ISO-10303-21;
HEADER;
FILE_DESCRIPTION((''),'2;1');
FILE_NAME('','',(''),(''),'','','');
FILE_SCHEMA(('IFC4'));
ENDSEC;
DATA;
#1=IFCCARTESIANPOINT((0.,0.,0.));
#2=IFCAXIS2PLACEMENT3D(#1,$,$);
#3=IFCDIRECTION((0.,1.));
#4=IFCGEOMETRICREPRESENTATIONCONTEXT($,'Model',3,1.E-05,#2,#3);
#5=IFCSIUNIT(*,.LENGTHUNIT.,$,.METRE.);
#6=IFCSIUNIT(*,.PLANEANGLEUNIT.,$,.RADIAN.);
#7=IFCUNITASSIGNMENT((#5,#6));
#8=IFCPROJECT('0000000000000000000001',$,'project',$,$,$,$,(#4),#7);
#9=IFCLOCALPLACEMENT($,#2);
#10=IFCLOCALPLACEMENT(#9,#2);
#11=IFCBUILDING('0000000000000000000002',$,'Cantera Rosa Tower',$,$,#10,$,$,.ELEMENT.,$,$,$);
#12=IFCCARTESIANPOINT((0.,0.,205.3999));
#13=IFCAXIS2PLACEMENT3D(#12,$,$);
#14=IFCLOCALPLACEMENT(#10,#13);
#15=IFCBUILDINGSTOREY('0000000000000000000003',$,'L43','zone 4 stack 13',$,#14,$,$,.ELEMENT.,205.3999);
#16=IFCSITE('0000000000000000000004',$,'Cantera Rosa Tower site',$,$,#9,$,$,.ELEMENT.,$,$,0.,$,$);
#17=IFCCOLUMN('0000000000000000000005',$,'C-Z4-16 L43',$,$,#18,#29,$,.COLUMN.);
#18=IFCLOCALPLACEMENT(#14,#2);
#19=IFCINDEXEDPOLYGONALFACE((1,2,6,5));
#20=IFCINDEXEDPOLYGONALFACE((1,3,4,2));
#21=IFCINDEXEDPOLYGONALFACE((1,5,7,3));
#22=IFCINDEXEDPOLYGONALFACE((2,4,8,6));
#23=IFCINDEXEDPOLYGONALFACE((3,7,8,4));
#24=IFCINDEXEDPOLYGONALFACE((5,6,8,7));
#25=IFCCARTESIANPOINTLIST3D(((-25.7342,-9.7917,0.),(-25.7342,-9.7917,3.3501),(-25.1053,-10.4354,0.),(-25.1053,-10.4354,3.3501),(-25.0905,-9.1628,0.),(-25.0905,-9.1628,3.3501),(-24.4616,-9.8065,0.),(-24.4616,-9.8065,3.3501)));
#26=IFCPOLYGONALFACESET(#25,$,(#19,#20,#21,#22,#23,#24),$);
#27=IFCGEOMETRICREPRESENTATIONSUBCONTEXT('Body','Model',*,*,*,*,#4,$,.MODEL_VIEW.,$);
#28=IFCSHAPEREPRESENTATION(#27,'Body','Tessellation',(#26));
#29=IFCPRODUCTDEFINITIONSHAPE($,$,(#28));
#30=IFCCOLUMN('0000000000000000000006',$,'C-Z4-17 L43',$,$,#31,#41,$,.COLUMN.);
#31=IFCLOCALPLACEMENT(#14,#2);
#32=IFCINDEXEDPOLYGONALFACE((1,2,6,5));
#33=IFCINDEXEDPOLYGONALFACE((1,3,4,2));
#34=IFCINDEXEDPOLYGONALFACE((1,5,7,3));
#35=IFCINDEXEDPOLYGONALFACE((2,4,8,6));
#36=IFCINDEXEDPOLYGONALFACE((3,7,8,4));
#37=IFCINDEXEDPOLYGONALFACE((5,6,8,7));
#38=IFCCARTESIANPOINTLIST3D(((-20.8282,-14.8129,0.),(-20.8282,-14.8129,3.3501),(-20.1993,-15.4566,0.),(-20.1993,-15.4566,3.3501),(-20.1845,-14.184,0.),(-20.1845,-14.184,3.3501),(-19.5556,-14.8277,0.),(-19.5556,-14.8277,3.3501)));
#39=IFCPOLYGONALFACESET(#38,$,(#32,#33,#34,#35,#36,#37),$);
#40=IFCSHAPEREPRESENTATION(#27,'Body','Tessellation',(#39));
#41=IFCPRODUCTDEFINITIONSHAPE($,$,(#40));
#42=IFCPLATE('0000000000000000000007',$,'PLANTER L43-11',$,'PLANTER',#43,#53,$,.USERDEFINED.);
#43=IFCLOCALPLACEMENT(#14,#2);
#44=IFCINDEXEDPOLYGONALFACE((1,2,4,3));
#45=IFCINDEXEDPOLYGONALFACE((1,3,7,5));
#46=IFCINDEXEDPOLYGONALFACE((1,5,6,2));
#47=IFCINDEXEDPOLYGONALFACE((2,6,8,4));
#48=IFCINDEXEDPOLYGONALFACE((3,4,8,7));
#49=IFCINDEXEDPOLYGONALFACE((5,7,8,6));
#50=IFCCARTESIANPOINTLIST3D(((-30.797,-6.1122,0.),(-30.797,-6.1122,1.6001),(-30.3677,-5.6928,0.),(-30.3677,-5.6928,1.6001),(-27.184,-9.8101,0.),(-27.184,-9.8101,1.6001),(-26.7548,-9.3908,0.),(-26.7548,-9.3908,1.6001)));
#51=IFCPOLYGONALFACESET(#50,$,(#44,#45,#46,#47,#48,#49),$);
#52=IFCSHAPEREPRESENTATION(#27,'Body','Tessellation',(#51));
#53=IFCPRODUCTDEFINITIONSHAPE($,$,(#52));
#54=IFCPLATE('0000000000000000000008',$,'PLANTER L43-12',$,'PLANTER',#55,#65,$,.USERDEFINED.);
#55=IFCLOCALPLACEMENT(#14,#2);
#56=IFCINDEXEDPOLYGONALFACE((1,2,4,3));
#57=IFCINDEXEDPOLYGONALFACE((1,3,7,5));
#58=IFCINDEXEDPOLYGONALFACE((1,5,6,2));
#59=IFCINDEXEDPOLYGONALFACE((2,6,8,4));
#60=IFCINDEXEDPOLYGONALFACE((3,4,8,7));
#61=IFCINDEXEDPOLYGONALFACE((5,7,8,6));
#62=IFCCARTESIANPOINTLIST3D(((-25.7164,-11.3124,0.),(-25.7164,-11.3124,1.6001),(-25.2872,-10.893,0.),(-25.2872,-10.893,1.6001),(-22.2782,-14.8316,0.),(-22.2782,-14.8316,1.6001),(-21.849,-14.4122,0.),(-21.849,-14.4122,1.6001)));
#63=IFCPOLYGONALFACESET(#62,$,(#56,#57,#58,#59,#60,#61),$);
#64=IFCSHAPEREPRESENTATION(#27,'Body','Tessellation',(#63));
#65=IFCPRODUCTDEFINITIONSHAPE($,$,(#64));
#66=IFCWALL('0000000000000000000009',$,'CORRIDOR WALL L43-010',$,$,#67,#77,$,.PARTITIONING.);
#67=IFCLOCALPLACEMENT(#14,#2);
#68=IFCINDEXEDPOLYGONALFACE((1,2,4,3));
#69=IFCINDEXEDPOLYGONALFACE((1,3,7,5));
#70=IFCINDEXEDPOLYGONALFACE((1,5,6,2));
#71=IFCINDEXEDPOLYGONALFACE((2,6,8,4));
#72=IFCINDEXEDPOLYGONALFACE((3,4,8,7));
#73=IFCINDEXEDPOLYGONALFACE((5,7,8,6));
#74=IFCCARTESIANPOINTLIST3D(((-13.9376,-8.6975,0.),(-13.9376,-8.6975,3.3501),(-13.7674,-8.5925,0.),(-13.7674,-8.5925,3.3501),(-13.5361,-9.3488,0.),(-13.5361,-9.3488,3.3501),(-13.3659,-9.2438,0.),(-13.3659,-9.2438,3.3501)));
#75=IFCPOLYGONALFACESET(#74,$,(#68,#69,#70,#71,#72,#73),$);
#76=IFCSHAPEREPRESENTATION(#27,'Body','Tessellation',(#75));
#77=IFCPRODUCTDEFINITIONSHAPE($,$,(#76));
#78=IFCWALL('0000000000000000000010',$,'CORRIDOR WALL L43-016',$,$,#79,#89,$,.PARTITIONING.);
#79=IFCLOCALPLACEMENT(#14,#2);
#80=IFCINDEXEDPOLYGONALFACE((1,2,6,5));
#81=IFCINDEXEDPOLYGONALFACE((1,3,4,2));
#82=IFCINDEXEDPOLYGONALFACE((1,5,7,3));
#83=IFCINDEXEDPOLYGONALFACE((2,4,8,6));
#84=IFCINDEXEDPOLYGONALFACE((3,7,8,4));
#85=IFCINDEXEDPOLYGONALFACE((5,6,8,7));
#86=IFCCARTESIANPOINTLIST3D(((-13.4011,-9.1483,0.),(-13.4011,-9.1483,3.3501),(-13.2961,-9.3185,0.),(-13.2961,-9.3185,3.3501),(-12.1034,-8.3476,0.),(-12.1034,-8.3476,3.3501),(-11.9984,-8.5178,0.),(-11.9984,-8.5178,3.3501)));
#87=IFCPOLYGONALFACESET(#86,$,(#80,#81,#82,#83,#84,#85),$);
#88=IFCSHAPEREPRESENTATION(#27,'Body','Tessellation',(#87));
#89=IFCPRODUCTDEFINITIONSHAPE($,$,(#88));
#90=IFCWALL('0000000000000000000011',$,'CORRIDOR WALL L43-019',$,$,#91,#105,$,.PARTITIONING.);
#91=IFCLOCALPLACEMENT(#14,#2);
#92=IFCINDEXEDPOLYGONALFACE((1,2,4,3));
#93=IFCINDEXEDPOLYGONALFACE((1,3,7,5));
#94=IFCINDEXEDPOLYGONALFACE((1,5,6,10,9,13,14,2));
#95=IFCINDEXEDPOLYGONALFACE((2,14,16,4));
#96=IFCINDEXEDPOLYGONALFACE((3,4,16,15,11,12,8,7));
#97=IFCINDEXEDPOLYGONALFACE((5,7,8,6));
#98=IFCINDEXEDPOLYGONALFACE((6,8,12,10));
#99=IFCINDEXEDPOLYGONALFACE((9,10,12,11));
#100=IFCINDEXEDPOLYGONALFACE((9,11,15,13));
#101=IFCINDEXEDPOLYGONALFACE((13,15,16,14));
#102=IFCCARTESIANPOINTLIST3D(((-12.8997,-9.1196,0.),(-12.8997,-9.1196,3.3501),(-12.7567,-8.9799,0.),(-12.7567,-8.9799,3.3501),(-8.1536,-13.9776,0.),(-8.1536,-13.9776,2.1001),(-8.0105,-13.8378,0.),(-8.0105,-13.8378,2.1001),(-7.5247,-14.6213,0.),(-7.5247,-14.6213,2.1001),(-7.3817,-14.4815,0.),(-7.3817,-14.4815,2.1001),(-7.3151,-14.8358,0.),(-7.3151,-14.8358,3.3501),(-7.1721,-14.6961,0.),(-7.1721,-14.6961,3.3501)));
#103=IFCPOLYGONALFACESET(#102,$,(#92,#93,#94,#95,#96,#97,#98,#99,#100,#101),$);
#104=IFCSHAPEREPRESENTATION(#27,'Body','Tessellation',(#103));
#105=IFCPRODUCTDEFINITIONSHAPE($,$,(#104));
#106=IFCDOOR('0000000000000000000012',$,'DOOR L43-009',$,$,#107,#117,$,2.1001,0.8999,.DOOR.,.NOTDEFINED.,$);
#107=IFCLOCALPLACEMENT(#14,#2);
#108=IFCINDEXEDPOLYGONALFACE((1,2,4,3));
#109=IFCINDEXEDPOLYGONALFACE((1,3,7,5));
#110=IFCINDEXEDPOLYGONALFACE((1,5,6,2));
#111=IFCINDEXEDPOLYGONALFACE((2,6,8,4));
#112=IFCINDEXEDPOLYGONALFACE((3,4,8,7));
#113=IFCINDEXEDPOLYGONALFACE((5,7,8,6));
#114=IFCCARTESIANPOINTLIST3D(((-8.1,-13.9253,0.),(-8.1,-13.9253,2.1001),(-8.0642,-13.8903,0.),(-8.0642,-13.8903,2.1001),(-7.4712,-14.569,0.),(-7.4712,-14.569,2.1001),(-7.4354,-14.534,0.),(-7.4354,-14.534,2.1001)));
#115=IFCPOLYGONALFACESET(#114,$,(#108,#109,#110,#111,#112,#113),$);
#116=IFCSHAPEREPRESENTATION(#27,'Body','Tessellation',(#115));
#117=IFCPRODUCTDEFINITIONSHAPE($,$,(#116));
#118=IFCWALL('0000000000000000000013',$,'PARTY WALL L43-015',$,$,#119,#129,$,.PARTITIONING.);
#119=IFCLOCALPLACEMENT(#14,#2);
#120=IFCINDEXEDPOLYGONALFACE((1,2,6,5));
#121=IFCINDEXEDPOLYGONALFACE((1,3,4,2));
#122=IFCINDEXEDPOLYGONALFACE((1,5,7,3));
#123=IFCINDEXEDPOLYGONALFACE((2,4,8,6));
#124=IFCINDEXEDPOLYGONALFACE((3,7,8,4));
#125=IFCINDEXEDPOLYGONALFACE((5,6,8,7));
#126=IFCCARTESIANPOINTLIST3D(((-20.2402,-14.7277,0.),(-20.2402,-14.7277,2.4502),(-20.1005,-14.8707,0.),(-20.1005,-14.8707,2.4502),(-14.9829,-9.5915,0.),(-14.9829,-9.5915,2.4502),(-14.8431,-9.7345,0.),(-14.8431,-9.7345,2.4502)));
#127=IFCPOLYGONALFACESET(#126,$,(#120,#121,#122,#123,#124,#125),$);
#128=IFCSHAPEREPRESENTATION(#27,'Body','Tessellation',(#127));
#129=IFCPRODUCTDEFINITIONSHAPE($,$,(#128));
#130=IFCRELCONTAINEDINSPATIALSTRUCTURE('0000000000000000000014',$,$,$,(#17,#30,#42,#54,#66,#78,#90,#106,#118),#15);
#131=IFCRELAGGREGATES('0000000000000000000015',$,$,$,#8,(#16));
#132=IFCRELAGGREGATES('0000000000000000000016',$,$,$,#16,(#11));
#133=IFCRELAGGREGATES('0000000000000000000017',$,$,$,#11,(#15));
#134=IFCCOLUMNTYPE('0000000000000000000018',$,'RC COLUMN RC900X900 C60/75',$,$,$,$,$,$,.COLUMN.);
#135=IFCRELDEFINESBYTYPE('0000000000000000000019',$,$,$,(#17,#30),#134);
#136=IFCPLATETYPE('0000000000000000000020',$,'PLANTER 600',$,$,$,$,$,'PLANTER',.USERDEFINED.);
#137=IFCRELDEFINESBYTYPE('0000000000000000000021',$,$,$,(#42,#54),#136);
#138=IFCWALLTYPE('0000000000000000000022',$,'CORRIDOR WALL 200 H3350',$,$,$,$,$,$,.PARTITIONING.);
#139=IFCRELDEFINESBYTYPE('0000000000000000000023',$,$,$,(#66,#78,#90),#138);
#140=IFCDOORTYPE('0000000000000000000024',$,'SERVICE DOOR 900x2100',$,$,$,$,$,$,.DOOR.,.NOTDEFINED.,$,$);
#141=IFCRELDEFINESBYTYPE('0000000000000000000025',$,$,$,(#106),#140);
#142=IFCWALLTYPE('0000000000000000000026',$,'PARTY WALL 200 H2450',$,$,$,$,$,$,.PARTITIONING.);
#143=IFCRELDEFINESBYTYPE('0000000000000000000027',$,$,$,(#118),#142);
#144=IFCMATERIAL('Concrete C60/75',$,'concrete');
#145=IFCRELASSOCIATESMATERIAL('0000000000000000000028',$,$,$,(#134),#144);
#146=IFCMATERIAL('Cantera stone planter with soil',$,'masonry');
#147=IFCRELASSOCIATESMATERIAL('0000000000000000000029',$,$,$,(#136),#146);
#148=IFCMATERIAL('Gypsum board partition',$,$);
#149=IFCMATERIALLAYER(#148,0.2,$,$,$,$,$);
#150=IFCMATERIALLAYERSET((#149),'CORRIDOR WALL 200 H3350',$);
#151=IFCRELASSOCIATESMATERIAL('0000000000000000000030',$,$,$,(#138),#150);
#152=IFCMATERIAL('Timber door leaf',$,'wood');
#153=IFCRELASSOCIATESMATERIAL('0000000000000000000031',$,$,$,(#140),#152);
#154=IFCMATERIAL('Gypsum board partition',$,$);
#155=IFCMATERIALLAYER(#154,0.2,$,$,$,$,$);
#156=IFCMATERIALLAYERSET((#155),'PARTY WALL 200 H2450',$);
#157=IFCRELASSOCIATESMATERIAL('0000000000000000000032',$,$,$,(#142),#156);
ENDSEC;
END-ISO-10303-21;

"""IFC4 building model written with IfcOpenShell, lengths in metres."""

from ifc_helpers import new_model, si_unit, direction, frame, frame_2d, origin, origin_2d, place, context, subcontext, project, spatial, rectangle, extrude, material, layer, layer_set, material_profile, profile_set, type_object, element, fill, save


model = new_model("IFC4")

# Units and contexts
model_context = context("Model", 3, precision=1e-05, world=origin(), true_north=direction((0.0, 1.0)))
body_context = subcontext(model_context, "Body", "Model", "MODEL_VIEW")
ifc_project = project(units=[si_unit("LENGTHUNIT", "METRE"), si_unit("PLANEANGLEUNIT", "RADIAN")], contexts=[model_context])

# Site, building, storey
site_placement = place(None, origin())
site = spatial("IfcSite", under=ifc_project, at=site_placement, Name="Cantera Rosa Tower site", CompositionType="ELEMENT", RefElevation=0.0)
building_placement = place(site_placement, origin())
building = spatial("IfcBuilding", under=site, at=building_placement, Name="Cantera Rosa Tower", CompositionType="ELEMENT")
storey_placement = place(building_placement, frame((0.0, 0.0, 205.3999)))
storey = spatial("IfcBuildingStorey", under=building, at=storey_placement, Name="L43", Description="zone 4 stack 13", CompositionType="ELEMENT", Elevation=205.3999)

# Columns
ifc_material_1 = material(Name="Concrete C60/75", Category="concrete")
ifc_material_profile = material_profile(ifc_material_1, rectangle(XDim=0.8999, YDim=0.8999, at=origin_2d()), Name="RC COLUMN RC900X900 C60/75")
ifc_profile_set = profile_set([ifc_material_profile], Name="Concrete C60/75")
column_type = type_object("IfcColumnType", Name="RC COLUMN RC900X900 C60/75", PredefinedType="COLUMN", material=ifc_profile_set)
for number, where, z_axis, x_axis, name in (
    (1, (-25.0979, -9.7991, 0.0), (0.0, 0.0, 1.0), (0.715286, 0.698832, 0.0), "C-Z4-16 L43"),
    (2, (-20.1919, -14.8203, 0.0), (0.0, 0.0, 1.0), (0.715286, 0.698832, 0.0), "C-Z4-17 L43"),
):
    element("IfcColumn", number, at=place(storey_placement, frame(where, z_axis=z_axis, x_axis=x_axis)), inside=storey, type_object=column_type, Name=name, PredefinedType="COLUMN", context=body_context, shape_type="SweptSolid", body=[
        extrude(rectangle(XDim=0.8999, YDim=0.8999, at=origin_2d()), origin(), (0.0, 0.0, 1.0), 3.3501),
    ])

# Plates
ifc_material_2 = material(Name="Cantera stone planter with soil", Category="masonry")
plate_type = type_object("IfcPlateType", Name="PLANTER 600", ElementType="PLANTER", PredefinedType="USERDEFINED", material=ifc_material_2)
plate_1_placement = place(storey_placement, frame((-28.7759, -7.7515, 0.0), z_axis=(0.0, 0.0, 1.0), x_axis=(0.698832, -0.715286, 0.0)))
element("IfcPlate", 3, at=plate_1_placement, inside=storey, type_object=plate_type, Name="PLANTER L43-11", ObjectType="PLANTER", PredefinedType="USERDEFINED", context=body_context, shape_type="SweptSolid", body=[
    extrude(rectangle(XDim=5.1699, YDim=0.6001, at=origin_2d()), origin(), (0.0, 0.0, 1.0), 1.6001),
])
plate_2_placement = place(storey_placement, frame((-23.7827, -12.8623, 0.0), z_axis=(0.0, 0.0, 1.0), x_axis=(0.698832, -0.715286, 0.0)))
element("IfcPlate", 4, at=plate_2_placement, inside=storey, type_object=plate_type, Name="PLANTER L43-12", ObjectType="PLANTER", PredefinedType="USERDEFINED", context=body_context, shape_type="SweptSolid", body=[
    extrude(rectangle(XDim=4.9199, YDim=0.6001, at=origin_2d()), origin(), (0.0, 0.0, 1.0), 1.6001),
])

# Walls
ifc_material_3 = material(Name="Gypsum board partition")
ifc_layer_1 = layer(ifc_material_3, 0.2)
ifc_layer_set_1 = layer_set([ifc_layer_1], Name="CORRIDOR WALL 200 H3350")
wall_type_1 = type_object("IfcWallType", Name="CORRIDOR WALL 200 H3350", PredefinedType="PARTITIONING", material=ifc_layer_set_1)
wall_1_placement = place(storey_placement, frame((-13.8525, -8.645, 0.0), z_axis=(0.0, 0.0, 1.0), x_axis=(0.524827, -0.851209, 0.0)))
element("IfcWall", 5, at=wall_1_placement, inside=storey, type_object=wall_type_1, Name="CORRIDOR WALL L43-010", PredefinedType="PARTITIONING", context=body_context, shape_type="SweptSolid", body=[
    extrude(rectangle(XDim=0.7651, YDim=0.2, at=frame_2d((0.3826, 0.0))), origin(), (0.0, 0.0, 1.0), 3.3501),
])
wall_2_placement = place(storey_placement, frame((-13.3486, -9.2334, 0.0), z_axis=(0.0, 0.0, 1.0), x_axis=(0.851042, 0.525097, 0.0)))
element("IfcWall", 6, at=wall_2_placement, inside=storey, type_object=wall_type_1, Name="CORRIDOR WALL L43-016", PredefinedType="PARTITIONING", context=body_context, shape_type="SweptSolid", body=[
    extrude(rectangle(XDim=1.5249, YDim=0.2, at=frame_2d((0.7625, 0.0))), origin(), (0.0, 0.0, 1.0), 3.3501),
])

# Wall, opening, door
wall_3_placement = place(storey_placement, frame((-12.8281, -9.0498, 0.0), z_axis=(0.0, 0.0, 1.0), x_axis=(0.698826, -0.715292, 0.0)))
wall_3 = element("IfcWall", 7, at=wall_3_placement, inside=storey, type_object=wall_type_1, Name="CORRIDOR WALL L43-019", PredefinedType="PARTITIONING", context=body_context, shape_type="SweptSolid", body=[
    extrude(rectangle(XDim=7.9915, YDim=0.2, at=frame_2d((3.9956, 0.0))), origin(), (0.0, 0.0, 1.0), 3.3501),
])
opening_1_placement = place(wall_3_placement, frame((6.7915, 0.0, 0.0)))
opening_1 = element("IfcOpeningElement", 8, at=opening_1_placement, cuts=wall_3, PredefinedType="OPENING", context=body_context, shape_type="SweptSolid", body=[
    extrude(rectangle(XDim=0.8999, YDim=2.1001, at=frame_2d((0.45, 1.05))), frame((0.0, 0.1099, 0.0), z_axis=(0.0, -1.0, 0.0), x_axis=(1.0, 0.0, 0.0)), (0.0, 0.0, 1.0), 0.22),
])
ifc_material_4 = material(Name="Timber door leaf", Category="wood")
door_type_1 = type_object("IfcDoorType", Name="SERVICE DOOR 900x2100", OperationType="NOTDEFINED", PredefinedType="DOOR", material=ifc_material_4)
door_1_placement = place(opening_1_placement, origin())
door_1 = element("IfcDoor", 9, at=door_1_placement, inside=storey, type_object=door_type_1, Name="DOOR L43-009", OperationType="NOTDEFINED", OverallHeight=2.1001, OverallWidth=0.8999, PredefinedType="DOOR", context=body_context, shape_type="SweptSolid", body=[
    extrude(rectangle(XDim=0.8999, YDim=2.1001, at=frame_2d((0.45, 1.05))), frame((0.0, 0.0249, 0.0), z_axis=(0.0, -1.0, 0.0), x_axis=(1.0, 0.0, 0.0)), (0.0, 0.0, 1.0), 0.05),
])
fill(opening_1, door_1)

# Wall
ifc_material_5 = material(Name="Gypsum board partition")
ifc_layer_2 = layer(ifc_material_5, 0.2)
ifc_layer_set_2 = layer_set([ifc_layer_2], Name="PARTY WALL 200 H2450")
wall_type_2 = type_object("IfcWallType", Name="PARTY WALL 200 H2450", PredefinedType="PARTITIONING", material=ifc_layer_set_2)
wall_4_placement = place(storey_placement, frame((-14.9131, -9.6631, 0.0), z_axis=(0.0, 0.0, 1.0), x_axis=(-0.715297, -0.698821, 0.0)))
element("IfcWall", 10, at=wall_4_placement, inside=storey, type_object=wall_type_2, Name="PARTY WALL L43-015", PredefinedType="PARTITIONING", context=body_context, shape_type="SweptSolid", body=[
    extrude(rectangle(XDim=7.3499, YDim=0.2, at=frame_2d((3.6748, 0.0))), origin(), (0.0, 0.0, 1.0), 2.4502),
])

save(model, "model.ifc")
